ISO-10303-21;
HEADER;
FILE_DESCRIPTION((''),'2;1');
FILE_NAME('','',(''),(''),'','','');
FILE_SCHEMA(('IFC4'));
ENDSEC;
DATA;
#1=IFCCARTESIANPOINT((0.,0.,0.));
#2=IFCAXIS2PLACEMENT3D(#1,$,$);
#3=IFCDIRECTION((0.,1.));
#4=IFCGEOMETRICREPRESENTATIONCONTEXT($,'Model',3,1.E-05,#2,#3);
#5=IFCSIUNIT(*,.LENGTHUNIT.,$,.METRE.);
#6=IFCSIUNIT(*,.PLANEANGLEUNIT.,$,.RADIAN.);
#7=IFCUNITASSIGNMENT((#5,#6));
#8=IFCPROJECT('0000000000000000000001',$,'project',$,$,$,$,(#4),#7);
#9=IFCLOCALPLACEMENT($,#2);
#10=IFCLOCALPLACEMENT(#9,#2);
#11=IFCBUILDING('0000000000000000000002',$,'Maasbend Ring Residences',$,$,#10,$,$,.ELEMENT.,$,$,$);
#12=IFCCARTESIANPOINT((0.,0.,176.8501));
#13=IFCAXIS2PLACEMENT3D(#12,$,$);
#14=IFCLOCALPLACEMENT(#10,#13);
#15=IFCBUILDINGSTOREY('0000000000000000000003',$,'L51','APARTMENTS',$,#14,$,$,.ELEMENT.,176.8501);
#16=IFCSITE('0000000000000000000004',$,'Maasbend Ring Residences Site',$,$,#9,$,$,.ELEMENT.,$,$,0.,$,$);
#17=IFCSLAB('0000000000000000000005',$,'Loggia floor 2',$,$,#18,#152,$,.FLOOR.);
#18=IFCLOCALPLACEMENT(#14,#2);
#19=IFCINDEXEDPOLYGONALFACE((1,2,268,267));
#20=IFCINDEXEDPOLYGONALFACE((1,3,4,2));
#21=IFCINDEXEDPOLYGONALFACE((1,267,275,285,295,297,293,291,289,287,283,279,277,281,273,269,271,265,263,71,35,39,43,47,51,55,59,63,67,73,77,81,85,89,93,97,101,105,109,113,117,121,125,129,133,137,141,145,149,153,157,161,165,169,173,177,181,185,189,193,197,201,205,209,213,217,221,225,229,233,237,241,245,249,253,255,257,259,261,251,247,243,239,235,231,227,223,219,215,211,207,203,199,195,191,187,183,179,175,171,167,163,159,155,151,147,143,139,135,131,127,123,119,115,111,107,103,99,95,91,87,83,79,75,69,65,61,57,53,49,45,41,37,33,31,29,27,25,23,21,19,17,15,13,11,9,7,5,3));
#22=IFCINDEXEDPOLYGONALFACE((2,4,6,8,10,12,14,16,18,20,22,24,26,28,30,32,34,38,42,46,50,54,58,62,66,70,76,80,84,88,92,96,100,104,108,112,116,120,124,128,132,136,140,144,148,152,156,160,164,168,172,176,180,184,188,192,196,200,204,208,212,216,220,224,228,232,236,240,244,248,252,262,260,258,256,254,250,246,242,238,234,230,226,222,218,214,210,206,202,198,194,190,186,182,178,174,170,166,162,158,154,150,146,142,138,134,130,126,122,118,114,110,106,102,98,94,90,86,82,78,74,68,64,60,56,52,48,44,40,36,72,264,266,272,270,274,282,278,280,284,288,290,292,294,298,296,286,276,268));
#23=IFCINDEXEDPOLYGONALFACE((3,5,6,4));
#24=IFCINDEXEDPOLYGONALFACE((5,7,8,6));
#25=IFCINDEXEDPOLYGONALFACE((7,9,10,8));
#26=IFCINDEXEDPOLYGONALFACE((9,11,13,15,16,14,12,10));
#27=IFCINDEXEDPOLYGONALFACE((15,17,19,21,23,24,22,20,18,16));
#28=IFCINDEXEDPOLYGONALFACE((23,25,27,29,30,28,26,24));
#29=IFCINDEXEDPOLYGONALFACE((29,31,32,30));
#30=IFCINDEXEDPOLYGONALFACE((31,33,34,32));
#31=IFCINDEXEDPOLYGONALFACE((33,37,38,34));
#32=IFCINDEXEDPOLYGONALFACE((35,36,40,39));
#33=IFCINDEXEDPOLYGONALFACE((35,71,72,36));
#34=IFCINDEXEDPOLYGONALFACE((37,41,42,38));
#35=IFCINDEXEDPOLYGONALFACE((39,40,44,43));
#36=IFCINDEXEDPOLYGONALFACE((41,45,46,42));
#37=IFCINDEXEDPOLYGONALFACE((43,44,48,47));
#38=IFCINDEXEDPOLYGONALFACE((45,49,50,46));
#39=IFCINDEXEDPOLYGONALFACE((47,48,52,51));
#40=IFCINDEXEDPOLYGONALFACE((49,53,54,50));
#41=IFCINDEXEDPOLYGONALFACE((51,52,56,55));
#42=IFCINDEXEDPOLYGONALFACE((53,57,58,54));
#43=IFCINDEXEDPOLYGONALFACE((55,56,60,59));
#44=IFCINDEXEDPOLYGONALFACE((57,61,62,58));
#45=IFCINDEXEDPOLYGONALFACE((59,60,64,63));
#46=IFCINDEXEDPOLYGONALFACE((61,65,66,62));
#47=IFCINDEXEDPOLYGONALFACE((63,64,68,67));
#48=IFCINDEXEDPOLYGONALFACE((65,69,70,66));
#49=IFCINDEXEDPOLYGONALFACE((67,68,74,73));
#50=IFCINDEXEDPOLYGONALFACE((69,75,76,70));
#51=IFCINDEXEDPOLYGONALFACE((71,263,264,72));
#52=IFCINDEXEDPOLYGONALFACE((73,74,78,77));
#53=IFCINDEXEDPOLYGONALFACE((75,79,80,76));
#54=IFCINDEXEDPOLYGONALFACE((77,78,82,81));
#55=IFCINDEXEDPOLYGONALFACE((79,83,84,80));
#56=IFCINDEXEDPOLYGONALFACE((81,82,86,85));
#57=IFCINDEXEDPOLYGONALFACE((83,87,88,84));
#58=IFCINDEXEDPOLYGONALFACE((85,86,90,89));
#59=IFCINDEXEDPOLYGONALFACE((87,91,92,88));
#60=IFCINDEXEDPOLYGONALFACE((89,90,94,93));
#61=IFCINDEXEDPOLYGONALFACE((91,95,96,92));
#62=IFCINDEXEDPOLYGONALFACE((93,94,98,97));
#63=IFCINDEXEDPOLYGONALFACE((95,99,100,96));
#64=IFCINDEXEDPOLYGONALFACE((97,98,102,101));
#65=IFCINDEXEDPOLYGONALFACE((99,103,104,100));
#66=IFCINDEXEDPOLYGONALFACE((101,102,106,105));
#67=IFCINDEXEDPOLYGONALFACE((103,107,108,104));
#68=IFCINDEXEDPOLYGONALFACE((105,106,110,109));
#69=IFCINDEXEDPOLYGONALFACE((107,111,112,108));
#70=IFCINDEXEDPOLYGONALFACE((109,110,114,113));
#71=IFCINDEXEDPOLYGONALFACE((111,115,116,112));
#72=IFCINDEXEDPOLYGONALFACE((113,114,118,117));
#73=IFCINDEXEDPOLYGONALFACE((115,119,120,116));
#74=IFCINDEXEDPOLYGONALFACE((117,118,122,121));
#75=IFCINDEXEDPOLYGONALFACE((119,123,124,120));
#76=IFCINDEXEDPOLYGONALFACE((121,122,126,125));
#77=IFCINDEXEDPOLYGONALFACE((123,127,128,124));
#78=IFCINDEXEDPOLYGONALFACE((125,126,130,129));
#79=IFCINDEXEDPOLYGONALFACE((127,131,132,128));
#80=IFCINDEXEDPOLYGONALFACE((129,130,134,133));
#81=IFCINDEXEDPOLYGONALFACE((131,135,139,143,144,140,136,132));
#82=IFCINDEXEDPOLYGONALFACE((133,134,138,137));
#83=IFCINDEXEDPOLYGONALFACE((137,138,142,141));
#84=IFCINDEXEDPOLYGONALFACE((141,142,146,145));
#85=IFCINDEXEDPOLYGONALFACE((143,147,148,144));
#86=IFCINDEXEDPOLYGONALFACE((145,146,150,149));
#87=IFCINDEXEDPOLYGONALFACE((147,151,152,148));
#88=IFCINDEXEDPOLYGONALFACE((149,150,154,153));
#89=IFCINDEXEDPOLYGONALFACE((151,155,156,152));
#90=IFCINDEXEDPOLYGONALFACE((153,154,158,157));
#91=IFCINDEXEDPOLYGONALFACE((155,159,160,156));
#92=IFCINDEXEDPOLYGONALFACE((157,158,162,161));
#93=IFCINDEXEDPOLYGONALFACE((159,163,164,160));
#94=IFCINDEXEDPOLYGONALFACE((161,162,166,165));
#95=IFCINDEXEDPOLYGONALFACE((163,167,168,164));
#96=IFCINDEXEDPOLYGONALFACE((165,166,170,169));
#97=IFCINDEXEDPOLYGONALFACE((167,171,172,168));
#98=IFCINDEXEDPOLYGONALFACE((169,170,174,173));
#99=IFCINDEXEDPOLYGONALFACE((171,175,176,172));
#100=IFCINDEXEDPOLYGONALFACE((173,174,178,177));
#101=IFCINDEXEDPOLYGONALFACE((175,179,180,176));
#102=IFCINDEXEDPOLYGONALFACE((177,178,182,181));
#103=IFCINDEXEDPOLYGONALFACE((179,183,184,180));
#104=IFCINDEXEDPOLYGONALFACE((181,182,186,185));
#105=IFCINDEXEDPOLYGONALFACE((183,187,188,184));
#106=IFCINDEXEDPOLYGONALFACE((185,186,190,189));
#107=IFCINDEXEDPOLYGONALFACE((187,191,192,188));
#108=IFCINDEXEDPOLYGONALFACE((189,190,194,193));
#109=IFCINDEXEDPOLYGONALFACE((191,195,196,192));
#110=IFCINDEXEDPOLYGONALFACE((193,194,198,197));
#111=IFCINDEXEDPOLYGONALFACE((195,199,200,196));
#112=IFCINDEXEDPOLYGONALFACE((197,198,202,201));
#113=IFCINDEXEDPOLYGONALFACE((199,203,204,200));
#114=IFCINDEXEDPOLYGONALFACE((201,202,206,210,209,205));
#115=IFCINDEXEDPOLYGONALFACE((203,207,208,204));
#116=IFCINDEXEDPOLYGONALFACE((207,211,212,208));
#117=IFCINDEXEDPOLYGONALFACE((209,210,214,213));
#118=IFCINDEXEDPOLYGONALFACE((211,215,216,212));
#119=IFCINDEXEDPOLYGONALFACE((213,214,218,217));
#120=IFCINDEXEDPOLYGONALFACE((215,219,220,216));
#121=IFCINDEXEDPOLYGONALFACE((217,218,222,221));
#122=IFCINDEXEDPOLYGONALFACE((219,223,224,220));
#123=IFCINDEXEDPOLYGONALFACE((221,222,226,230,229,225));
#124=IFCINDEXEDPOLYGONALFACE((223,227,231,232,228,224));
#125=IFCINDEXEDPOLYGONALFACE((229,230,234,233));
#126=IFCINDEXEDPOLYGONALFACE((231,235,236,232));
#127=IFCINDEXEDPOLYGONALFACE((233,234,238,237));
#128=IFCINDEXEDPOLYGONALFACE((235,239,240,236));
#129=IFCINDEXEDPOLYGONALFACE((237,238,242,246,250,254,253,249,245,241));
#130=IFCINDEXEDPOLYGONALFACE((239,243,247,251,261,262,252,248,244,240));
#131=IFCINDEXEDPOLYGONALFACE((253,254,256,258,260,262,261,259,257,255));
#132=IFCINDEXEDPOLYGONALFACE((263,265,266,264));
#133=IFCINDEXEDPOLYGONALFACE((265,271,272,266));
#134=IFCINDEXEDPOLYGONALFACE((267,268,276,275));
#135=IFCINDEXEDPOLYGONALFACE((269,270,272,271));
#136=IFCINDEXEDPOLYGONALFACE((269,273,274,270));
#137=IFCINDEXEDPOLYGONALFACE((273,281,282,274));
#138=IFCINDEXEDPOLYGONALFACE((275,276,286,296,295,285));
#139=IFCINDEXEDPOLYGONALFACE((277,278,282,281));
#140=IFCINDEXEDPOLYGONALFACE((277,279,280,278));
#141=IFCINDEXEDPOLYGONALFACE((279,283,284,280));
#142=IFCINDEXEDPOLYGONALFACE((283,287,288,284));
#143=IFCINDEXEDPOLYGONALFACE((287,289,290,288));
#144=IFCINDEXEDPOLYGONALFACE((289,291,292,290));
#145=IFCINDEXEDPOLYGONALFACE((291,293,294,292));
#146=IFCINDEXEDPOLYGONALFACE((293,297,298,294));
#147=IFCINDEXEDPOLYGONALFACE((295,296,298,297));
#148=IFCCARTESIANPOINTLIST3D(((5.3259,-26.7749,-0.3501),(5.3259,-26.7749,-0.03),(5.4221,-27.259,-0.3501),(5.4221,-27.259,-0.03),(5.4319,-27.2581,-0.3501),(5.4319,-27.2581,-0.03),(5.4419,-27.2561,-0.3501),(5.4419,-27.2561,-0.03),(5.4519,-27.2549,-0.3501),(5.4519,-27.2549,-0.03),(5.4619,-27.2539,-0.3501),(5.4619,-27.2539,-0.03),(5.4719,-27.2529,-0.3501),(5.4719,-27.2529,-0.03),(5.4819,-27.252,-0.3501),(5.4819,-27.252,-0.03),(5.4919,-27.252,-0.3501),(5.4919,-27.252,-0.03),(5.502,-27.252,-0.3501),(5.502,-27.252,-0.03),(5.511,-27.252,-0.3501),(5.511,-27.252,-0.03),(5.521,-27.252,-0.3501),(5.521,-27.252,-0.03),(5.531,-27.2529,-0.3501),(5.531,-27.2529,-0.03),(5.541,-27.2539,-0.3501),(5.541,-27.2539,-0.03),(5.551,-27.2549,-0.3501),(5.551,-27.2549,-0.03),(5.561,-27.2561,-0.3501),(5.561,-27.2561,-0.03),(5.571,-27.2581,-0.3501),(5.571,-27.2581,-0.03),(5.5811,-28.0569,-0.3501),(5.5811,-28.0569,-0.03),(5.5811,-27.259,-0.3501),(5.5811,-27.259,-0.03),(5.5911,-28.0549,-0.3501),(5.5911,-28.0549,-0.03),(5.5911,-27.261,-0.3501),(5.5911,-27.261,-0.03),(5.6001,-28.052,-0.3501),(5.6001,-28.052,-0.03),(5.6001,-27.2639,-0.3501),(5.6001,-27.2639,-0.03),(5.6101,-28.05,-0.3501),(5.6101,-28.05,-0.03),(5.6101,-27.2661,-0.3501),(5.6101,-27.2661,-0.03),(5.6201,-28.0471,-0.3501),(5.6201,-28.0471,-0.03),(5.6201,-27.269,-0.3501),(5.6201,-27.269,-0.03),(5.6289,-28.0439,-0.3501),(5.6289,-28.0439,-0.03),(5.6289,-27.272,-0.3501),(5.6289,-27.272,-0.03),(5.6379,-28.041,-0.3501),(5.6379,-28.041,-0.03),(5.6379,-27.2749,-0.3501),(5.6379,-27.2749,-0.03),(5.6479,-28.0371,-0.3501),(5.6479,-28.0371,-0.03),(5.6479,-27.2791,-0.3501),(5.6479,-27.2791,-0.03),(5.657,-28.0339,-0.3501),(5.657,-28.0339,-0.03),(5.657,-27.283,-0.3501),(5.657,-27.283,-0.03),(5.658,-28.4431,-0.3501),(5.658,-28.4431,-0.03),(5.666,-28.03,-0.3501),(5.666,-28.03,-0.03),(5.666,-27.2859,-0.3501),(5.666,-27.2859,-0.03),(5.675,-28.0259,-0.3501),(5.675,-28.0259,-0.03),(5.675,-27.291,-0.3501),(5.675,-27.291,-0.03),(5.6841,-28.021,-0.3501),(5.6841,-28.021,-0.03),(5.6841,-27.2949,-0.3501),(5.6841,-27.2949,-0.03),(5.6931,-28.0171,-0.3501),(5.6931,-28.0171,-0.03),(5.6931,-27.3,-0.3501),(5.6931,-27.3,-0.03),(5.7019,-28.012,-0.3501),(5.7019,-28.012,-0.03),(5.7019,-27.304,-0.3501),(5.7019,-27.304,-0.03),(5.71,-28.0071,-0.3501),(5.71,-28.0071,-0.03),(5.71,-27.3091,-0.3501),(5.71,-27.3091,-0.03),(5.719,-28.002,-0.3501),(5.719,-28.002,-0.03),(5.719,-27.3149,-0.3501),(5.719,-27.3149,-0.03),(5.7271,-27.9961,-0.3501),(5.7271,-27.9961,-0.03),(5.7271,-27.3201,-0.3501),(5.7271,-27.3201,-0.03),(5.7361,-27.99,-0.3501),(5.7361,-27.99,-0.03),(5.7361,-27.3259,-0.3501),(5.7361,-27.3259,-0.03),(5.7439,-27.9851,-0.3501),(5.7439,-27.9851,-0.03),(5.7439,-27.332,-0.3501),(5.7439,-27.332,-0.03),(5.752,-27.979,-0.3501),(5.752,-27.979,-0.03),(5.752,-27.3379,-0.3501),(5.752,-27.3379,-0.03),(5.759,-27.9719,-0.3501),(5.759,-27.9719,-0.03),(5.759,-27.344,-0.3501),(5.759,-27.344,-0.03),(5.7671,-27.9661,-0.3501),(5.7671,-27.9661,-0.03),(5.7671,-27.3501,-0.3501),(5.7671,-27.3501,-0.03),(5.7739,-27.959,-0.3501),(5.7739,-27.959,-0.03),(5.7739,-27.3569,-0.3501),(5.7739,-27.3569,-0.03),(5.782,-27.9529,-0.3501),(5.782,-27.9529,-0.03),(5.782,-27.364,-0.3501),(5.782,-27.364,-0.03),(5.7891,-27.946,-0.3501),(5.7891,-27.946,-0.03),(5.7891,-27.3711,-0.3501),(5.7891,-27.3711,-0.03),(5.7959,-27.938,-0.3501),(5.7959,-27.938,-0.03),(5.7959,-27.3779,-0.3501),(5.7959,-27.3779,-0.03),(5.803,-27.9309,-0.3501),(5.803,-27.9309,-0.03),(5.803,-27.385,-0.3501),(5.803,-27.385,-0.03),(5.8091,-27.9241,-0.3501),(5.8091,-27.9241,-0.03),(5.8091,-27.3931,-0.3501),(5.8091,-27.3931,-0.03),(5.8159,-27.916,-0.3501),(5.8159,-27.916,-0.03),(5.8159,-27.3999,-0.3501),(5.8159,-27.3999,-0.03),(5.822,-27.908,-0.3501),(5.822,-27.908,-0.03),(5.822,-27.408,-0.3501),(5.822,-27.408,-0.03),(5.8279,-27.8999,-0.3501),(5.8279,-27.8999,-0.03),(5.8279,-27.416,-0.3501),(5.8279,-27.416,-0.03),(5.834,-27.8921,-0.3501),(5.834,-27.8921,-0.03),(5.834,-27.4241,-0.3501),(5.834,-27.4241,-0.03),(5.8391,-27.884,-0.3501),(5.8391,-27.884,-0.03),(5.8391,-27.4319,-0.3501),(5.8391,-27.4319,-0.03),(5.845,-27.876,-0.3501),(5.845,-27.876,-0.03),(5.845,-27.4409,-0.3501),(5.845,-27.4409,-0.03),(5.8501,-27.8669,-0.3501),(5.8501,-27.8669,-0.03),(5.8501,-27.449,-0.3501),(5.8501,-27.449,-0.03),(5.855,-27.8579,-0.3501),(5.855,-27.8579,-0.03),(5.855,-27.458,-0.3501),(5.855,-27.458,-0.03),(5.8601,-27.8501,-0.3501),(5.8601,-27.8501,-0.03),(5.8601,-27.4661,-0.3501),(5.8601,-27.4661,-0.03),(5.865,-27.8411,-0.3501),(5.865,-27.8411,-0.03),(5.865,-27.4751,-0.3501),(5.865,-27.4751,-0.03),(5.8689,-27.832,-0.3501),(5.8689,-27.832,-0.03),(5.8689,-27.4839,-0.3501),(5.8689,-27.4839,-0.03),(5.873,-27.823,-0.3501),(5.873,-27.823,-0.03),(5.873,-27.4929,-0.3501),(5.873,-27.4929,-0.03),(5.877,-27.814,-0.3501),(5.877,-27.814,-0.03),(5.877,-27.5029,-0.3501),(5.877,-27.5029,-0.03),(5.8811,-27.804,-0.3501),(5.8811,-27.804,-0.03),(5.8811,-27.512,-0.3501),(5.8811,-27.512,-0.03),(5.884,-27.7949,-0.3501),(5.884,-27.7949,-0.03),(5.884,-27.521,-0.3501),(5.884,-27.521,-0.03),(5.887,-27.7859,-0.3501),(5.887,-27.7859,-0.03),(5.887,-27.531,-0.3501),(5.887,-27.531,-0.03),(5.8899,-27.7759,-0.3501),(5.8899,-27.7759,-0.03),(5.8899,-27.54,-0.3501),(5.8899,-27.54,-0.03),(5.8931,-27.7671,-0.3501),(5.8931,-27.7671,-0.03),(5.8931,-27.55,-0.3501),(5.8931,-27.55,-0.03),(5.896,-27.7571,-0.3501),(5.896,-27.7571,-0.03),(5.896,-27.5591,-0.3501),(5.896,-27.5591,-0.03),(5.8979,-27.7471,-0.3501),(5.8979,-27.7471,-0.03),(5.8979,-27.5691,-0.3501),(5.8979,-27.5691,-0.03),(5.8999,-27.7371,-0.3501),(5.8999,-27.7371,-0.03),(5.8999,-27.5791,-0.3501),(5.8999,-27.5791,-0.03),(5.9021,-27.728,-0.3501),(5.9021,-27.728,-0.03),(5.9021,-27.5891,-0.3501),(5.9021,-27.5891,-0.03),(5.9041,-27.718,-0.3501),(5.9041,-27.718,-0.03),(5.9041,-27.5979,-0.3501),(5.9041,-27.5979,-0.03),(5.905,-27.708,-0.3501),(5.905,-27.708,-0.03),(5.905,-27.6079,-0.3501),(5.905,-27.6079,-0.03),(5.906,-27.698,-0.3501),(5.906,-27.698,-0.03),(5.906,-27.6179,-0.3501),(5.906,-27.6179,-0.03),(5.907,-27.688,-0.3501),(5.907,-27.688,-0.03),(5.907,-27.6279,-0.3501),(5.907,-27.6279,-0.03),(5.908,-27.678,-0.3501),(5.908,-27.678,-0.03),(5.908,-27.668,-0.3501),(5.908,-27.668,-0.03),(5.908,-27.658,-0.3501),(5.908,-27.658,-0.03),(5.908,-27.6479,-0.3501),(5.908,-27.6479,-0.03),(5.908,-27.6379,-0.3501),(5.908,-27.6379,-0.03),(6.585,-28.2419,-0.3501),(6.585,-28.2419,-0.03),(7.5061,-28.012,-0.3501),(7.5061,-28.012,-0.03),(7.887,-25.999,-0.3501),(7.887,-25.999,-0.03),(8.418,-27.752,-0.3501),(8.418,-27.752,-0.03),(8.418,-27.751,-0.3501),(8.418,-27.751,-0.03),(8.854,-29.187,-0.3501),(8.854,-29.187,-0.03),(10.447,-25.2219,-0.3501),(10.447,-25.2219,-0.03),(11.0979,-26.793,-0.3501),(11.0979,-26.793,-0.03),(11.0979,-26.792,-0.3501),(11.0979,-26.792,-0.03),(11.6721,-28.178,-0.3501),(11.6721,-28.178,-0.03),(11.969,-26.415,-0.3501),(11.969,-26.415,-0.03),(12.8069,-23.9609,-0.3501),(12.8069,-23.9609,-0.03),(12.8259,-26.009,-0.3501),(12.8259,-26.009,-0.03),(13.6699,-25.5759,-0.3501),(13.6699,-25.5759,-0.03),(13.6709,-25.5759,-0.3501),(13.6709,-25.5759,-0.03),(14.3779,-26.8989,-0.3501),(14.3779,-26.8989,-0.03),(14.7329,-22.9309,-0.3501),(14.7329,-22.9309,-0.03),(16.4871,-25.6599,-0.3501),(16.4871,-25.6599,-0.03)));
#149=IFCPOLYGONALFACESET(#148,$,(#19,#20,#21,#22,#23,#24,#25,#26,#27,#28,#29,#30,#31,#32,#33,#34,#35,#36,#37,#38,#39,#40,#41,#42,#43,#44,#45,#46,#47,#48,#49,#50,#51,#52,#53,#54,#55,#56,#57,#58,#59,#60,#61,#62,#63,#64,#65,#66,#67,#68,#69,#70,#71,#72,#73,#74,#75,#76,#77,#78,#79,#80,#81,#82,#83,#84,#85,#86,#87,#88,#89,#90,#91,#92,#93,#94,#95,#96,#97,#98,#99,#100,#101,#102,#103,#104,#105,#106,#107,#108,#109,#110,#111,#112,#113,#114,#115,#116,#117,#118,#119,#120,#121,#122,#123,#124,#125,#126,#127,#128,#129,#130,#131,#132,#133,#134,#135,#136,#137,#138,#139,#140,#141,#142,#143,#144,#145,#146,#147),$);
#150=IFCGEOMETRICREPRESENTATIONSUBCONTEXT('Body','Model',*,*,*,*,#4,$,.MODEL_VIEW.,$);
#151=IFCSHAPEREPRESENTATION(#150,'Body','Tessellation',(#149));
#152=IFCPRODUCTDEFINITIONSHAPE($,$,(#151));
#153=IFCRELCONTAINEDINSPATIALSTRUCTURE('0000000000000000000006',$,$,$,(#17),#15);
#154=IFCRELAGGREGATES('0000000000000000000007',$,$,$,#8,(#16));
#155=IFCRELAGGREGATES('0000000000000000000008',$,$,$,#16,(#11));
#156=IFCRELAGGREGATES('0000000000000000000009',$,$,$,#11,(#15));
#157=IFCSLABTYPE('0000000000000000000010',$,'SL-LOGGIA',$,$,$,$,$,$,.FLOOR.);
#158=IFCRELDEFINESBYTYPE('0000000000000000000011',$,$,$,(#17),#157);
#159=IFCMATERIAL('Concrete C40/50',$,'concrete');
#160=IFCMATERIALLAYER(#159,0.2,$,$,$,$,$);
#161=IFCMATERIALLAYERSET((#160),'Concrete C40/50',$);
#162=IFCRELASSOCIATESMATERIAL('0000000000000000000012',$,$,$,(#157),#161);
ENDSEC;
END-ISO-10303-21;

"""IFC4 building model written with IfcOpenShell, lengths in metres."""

from ifc_helpers import new_model, si_unit, direction, frame, origin, place, context, subcontext, project, spatial, polyline, outline, extrude, material, layer, layer_set, type_object, element, save


model = new_model("IFC4")

# Units and contexts
model_context = context("Model", 3, precision=1e-05, world=origin(), true_north=direction((0.0, 1.0)))
body_context = subcontext(model_context, "Body", "Model", "MODEL_VIEW")
ifc_project = project(units=[si_unit("LENGTHUNIT", "METRE"), si_unit("PLANEANGLEUNIT", "RADIAN")], contexts=[model_context])

# Site, building, storey
site_placement = place(None, origin())
site = spatial("IfcSite", under=ifc_project, at=site_placement, Name="Maasbend Ring Residences Site", CompositionType="ELEMENT", RefElevation=0.0)
building_placement = place(site_placement, origin())
building = spatial("IfcBuilding", under=site, at=building_placement, Name="Maasbend Ring Residences", CompositionType="ELEMENT")
storey_placement = place(building_placement, frame((0.0, 0.0, 176.8501)))
storey = spatial("IfcBuildingStorey", under=building, at=storey_placement, Name="L51", Description="APARTMENTS", CompositionType="ELEMENT", Elevation=176.8501)

# Slab
ifc_material_1 = material(Name="Concrete C40/50", Category="concrete")
ifc_layer_1 = layer(ifc_material_1, 0.2)
ifc_layer_set_1 = layer_set([ifc_layer_1], Name="Concrete C40/50")
slab_type = type_object("IfcSlabType", Name="SL-LOGGIA", PredefinedType="FLOOR", material=ifc_layer_set_1)
slab_1_placement = place(storey_placement, frame((0.0, 0.0, -0.3501)))
element("IfcSlab", 1, at=slab_1_placement, inside=storey, type_object=slab_type, Name="Loggia floor 2", PredefinedType="FLOOR", context=body_context, shape_type="SweptSolid", body=[
    extrude(outline(polyline([(10.447, -25.2219), (12.8069, -23.9609), (14.7329, -22.9309), (14.7329, -22.9309), (14.7329, -22.9309), (16.4871, -25.6599), (16.4871, -25.6599), (16.4871, -25.6599), (14.3779, -26.8989), (14.3779, -26.8989), (14.3779, -26.8989), (13.6709, -25.5759), (13.6709, -25.5759), (13.6709, -25.5759), (13.6709, -25.5759), (13.6709, -25.5759), (13.6709, -25.5759), (13.6709, -25.5759), (13.6699, -25.5759), (13.6699, -25.5759), (13.6699, -25.5759), (13.6699, -25.5759), (13.6699, -25.5759), (13.6699, -25.5759), (13.6699, -25.5759), (13.6699, -25.5759), (13.6699, -25.5759), (13.6699, -25.5759), (12.8259, -26.009), (12.8259, -26.009), (11.969, -26.415), (11.969, -26.415), (11.0979, -26.792), (11.0979, -26.792), (11.0979, -26.792), (11.0979, -26.792), (11.0979, -26.792), (11.0979, -26.792), (11.0979, -26.792), (11.0979, -26.793), (11.0979, -26.793), (11.0979, -26.793), (11.0979, -26.793), (11.0979, -26.793), (11.0979, -26.793), (11.0979, -26.793), (11.0979, -26.793), (11.0979, -26.793), (11.0979, -26.793), (11.6721, -28.178), (11.6721, -28.178), (11.6721, -28.178), (8.854, -29.187), (8.854, -29.187), (8.854, -29.187), (8.418, -27.752), (8.418, -27.752), (8.418, -27.752), (8.418, -27.752), (8.418, -27.752), (8.418, -27.752), (8.418, -27.752), (8.418, -27.751), (8.418, -27.751), (8.418, -27.751), (8.418, -27.751), (8.418, -27.751), (8.418, -27.751), (8.418, -27.751), (8.418, -27.751), (8.418, -27.751), (8.418, -27.751), (7.5061, -28.012), (7.5061, -28.012), (6.585, -28.2419), (6.585, -28.2419), (5.658, -28.4431), (5.658, -28.4431), (5.658, -28.4431), (5.5811, -28.0569), (5.5911, -28.0549), (5.6001, -28.052), (5.6101, -28.05), (5.6201, -28.0471), (5.6289, -28.0439), (5.6379, -28.041), (5.6479, -28.0371), (5.657, -28.0339), (5.666, -28.03), (5.675, -28.0259), (5.6841, -28.021), (5.6931, -28.0171), (5.7019, -28.012), (5.71, -28.0071), (5.719, -28.002), (5.7271, -27.9961), (5.7361, -27.99), (5.7439, -27.9851), (5.752, -27.979), (5.759, -27.9719), (5.7671, -27.9661), (5.7739, -27.959), (5.782, -27.9529), (5.7891, -27.946), (5.7959, -27.938), (5.803, -27.9309), (5.8091, -27.9241), (5.8159, -27.916), (5.822, -27.908), (5.8279, -27.8999), (5.834, -27.8921), (5.8391, -27.884), (5.845, -27.876), (5.8501, -27.8669), (5.855, -27.8579), (5.8601, -27.8501), (5.865, -27.8411), (5.8689, -27.832), (5.873, -27.823), (5.877, -27.814), (5.8811, -27.804), (5.884, -27.7949), (5.887, -27.7859), (5.8899, -27.7759), (5.8931, -27.7671), (5.896, -27.7571), (5.8979, -27.7471), (5.8999, -27.7371), (5.9021, -27.728), (5.9041, -27.718), (5.905, -27.708), (5.906, -27.698), (5.907, -27.688), (5.908, -27.678), (5.908, -27.668), (5.908, -27.658), (5.908, -27.6479), (5.908, -27.6379), (5.907, -27.6279), (5.906, -27.6179), (5.905, -27.6079), (5.9041, -27.5979), (5.9021, -27.5891), (5.8999, -27.5791), (5.8979, -27.5691), (5.896, -27.5591), (5.8931, -27.55), (5.8899, -27.54), (5.887, -27.531), (5.884, -27.521), (5.8811, -27.512), (5.877, -27.5029), (5.873, -27.4929), (5.8689, -27.4839), (5.865, -27.4751), (5.8601, -27.4661), (5.855, -27.458), (5.8501, -27.449), (5.845, -27.4409), (5.8391, -27.4319), (5.834, -27.4241), (5.8279, -27.416), (5.822, -27.408), (5.8159, -27.3999), (5.8091, -27.3931), (5.803, -27.385), (5.7959, -27.3779), (5.7891, -27.3711), (5.782, -27.364), (5.7739, -27.3569), (5.7671, -27.3501), (5.759, -27.344), (5.752, -27.3379), (5.7439, -27.332), (5.7361, -27.3259), (5.7271, -27.3201), (5.719, -27.3149), (5.71, -27.3091), (5.7019, -27.304), (5.6931, -27.3), (5.6841, -27.2949), (5.675, -27.291), (5.666, -27.2859), (5.657, -27.283), (5.6479, -27.2791), (5.6379, -27.2749), (5.6289, -27.272), (5.6201, -27.269), (5.6101, -27.2661), (5.6001, -27.2639), (5.5911, -27.261), (5.5811, -27.259), (5.571, -27.2581), (5.561, -27.2561), (5.551, -27.2549), (5.541, -27.2539), (5.531, -27.2529), (5.521, -27.252), (5.511, -27.252), (5.502, -27.252), (5.4919, -27.252), (5.4819, -27.252), (5.4719, -27.2529), (5.4619, -27.2539), (5.4519, -27.2549), (5.4419, -27.2561), (5.4319, -27.2581), (5.4221, -27.259), (5.3259, -26.7749), (5.3259, -26.7749), (5.3259, -26.7749), (7.887, -25.999), (10.447, -25.2219), (10.447, -25.2219), (10.447, -25.2219)])), origin(), (0.0, 0.0, 1.0), 0.3201),
])

save(model, "model.ifc")
